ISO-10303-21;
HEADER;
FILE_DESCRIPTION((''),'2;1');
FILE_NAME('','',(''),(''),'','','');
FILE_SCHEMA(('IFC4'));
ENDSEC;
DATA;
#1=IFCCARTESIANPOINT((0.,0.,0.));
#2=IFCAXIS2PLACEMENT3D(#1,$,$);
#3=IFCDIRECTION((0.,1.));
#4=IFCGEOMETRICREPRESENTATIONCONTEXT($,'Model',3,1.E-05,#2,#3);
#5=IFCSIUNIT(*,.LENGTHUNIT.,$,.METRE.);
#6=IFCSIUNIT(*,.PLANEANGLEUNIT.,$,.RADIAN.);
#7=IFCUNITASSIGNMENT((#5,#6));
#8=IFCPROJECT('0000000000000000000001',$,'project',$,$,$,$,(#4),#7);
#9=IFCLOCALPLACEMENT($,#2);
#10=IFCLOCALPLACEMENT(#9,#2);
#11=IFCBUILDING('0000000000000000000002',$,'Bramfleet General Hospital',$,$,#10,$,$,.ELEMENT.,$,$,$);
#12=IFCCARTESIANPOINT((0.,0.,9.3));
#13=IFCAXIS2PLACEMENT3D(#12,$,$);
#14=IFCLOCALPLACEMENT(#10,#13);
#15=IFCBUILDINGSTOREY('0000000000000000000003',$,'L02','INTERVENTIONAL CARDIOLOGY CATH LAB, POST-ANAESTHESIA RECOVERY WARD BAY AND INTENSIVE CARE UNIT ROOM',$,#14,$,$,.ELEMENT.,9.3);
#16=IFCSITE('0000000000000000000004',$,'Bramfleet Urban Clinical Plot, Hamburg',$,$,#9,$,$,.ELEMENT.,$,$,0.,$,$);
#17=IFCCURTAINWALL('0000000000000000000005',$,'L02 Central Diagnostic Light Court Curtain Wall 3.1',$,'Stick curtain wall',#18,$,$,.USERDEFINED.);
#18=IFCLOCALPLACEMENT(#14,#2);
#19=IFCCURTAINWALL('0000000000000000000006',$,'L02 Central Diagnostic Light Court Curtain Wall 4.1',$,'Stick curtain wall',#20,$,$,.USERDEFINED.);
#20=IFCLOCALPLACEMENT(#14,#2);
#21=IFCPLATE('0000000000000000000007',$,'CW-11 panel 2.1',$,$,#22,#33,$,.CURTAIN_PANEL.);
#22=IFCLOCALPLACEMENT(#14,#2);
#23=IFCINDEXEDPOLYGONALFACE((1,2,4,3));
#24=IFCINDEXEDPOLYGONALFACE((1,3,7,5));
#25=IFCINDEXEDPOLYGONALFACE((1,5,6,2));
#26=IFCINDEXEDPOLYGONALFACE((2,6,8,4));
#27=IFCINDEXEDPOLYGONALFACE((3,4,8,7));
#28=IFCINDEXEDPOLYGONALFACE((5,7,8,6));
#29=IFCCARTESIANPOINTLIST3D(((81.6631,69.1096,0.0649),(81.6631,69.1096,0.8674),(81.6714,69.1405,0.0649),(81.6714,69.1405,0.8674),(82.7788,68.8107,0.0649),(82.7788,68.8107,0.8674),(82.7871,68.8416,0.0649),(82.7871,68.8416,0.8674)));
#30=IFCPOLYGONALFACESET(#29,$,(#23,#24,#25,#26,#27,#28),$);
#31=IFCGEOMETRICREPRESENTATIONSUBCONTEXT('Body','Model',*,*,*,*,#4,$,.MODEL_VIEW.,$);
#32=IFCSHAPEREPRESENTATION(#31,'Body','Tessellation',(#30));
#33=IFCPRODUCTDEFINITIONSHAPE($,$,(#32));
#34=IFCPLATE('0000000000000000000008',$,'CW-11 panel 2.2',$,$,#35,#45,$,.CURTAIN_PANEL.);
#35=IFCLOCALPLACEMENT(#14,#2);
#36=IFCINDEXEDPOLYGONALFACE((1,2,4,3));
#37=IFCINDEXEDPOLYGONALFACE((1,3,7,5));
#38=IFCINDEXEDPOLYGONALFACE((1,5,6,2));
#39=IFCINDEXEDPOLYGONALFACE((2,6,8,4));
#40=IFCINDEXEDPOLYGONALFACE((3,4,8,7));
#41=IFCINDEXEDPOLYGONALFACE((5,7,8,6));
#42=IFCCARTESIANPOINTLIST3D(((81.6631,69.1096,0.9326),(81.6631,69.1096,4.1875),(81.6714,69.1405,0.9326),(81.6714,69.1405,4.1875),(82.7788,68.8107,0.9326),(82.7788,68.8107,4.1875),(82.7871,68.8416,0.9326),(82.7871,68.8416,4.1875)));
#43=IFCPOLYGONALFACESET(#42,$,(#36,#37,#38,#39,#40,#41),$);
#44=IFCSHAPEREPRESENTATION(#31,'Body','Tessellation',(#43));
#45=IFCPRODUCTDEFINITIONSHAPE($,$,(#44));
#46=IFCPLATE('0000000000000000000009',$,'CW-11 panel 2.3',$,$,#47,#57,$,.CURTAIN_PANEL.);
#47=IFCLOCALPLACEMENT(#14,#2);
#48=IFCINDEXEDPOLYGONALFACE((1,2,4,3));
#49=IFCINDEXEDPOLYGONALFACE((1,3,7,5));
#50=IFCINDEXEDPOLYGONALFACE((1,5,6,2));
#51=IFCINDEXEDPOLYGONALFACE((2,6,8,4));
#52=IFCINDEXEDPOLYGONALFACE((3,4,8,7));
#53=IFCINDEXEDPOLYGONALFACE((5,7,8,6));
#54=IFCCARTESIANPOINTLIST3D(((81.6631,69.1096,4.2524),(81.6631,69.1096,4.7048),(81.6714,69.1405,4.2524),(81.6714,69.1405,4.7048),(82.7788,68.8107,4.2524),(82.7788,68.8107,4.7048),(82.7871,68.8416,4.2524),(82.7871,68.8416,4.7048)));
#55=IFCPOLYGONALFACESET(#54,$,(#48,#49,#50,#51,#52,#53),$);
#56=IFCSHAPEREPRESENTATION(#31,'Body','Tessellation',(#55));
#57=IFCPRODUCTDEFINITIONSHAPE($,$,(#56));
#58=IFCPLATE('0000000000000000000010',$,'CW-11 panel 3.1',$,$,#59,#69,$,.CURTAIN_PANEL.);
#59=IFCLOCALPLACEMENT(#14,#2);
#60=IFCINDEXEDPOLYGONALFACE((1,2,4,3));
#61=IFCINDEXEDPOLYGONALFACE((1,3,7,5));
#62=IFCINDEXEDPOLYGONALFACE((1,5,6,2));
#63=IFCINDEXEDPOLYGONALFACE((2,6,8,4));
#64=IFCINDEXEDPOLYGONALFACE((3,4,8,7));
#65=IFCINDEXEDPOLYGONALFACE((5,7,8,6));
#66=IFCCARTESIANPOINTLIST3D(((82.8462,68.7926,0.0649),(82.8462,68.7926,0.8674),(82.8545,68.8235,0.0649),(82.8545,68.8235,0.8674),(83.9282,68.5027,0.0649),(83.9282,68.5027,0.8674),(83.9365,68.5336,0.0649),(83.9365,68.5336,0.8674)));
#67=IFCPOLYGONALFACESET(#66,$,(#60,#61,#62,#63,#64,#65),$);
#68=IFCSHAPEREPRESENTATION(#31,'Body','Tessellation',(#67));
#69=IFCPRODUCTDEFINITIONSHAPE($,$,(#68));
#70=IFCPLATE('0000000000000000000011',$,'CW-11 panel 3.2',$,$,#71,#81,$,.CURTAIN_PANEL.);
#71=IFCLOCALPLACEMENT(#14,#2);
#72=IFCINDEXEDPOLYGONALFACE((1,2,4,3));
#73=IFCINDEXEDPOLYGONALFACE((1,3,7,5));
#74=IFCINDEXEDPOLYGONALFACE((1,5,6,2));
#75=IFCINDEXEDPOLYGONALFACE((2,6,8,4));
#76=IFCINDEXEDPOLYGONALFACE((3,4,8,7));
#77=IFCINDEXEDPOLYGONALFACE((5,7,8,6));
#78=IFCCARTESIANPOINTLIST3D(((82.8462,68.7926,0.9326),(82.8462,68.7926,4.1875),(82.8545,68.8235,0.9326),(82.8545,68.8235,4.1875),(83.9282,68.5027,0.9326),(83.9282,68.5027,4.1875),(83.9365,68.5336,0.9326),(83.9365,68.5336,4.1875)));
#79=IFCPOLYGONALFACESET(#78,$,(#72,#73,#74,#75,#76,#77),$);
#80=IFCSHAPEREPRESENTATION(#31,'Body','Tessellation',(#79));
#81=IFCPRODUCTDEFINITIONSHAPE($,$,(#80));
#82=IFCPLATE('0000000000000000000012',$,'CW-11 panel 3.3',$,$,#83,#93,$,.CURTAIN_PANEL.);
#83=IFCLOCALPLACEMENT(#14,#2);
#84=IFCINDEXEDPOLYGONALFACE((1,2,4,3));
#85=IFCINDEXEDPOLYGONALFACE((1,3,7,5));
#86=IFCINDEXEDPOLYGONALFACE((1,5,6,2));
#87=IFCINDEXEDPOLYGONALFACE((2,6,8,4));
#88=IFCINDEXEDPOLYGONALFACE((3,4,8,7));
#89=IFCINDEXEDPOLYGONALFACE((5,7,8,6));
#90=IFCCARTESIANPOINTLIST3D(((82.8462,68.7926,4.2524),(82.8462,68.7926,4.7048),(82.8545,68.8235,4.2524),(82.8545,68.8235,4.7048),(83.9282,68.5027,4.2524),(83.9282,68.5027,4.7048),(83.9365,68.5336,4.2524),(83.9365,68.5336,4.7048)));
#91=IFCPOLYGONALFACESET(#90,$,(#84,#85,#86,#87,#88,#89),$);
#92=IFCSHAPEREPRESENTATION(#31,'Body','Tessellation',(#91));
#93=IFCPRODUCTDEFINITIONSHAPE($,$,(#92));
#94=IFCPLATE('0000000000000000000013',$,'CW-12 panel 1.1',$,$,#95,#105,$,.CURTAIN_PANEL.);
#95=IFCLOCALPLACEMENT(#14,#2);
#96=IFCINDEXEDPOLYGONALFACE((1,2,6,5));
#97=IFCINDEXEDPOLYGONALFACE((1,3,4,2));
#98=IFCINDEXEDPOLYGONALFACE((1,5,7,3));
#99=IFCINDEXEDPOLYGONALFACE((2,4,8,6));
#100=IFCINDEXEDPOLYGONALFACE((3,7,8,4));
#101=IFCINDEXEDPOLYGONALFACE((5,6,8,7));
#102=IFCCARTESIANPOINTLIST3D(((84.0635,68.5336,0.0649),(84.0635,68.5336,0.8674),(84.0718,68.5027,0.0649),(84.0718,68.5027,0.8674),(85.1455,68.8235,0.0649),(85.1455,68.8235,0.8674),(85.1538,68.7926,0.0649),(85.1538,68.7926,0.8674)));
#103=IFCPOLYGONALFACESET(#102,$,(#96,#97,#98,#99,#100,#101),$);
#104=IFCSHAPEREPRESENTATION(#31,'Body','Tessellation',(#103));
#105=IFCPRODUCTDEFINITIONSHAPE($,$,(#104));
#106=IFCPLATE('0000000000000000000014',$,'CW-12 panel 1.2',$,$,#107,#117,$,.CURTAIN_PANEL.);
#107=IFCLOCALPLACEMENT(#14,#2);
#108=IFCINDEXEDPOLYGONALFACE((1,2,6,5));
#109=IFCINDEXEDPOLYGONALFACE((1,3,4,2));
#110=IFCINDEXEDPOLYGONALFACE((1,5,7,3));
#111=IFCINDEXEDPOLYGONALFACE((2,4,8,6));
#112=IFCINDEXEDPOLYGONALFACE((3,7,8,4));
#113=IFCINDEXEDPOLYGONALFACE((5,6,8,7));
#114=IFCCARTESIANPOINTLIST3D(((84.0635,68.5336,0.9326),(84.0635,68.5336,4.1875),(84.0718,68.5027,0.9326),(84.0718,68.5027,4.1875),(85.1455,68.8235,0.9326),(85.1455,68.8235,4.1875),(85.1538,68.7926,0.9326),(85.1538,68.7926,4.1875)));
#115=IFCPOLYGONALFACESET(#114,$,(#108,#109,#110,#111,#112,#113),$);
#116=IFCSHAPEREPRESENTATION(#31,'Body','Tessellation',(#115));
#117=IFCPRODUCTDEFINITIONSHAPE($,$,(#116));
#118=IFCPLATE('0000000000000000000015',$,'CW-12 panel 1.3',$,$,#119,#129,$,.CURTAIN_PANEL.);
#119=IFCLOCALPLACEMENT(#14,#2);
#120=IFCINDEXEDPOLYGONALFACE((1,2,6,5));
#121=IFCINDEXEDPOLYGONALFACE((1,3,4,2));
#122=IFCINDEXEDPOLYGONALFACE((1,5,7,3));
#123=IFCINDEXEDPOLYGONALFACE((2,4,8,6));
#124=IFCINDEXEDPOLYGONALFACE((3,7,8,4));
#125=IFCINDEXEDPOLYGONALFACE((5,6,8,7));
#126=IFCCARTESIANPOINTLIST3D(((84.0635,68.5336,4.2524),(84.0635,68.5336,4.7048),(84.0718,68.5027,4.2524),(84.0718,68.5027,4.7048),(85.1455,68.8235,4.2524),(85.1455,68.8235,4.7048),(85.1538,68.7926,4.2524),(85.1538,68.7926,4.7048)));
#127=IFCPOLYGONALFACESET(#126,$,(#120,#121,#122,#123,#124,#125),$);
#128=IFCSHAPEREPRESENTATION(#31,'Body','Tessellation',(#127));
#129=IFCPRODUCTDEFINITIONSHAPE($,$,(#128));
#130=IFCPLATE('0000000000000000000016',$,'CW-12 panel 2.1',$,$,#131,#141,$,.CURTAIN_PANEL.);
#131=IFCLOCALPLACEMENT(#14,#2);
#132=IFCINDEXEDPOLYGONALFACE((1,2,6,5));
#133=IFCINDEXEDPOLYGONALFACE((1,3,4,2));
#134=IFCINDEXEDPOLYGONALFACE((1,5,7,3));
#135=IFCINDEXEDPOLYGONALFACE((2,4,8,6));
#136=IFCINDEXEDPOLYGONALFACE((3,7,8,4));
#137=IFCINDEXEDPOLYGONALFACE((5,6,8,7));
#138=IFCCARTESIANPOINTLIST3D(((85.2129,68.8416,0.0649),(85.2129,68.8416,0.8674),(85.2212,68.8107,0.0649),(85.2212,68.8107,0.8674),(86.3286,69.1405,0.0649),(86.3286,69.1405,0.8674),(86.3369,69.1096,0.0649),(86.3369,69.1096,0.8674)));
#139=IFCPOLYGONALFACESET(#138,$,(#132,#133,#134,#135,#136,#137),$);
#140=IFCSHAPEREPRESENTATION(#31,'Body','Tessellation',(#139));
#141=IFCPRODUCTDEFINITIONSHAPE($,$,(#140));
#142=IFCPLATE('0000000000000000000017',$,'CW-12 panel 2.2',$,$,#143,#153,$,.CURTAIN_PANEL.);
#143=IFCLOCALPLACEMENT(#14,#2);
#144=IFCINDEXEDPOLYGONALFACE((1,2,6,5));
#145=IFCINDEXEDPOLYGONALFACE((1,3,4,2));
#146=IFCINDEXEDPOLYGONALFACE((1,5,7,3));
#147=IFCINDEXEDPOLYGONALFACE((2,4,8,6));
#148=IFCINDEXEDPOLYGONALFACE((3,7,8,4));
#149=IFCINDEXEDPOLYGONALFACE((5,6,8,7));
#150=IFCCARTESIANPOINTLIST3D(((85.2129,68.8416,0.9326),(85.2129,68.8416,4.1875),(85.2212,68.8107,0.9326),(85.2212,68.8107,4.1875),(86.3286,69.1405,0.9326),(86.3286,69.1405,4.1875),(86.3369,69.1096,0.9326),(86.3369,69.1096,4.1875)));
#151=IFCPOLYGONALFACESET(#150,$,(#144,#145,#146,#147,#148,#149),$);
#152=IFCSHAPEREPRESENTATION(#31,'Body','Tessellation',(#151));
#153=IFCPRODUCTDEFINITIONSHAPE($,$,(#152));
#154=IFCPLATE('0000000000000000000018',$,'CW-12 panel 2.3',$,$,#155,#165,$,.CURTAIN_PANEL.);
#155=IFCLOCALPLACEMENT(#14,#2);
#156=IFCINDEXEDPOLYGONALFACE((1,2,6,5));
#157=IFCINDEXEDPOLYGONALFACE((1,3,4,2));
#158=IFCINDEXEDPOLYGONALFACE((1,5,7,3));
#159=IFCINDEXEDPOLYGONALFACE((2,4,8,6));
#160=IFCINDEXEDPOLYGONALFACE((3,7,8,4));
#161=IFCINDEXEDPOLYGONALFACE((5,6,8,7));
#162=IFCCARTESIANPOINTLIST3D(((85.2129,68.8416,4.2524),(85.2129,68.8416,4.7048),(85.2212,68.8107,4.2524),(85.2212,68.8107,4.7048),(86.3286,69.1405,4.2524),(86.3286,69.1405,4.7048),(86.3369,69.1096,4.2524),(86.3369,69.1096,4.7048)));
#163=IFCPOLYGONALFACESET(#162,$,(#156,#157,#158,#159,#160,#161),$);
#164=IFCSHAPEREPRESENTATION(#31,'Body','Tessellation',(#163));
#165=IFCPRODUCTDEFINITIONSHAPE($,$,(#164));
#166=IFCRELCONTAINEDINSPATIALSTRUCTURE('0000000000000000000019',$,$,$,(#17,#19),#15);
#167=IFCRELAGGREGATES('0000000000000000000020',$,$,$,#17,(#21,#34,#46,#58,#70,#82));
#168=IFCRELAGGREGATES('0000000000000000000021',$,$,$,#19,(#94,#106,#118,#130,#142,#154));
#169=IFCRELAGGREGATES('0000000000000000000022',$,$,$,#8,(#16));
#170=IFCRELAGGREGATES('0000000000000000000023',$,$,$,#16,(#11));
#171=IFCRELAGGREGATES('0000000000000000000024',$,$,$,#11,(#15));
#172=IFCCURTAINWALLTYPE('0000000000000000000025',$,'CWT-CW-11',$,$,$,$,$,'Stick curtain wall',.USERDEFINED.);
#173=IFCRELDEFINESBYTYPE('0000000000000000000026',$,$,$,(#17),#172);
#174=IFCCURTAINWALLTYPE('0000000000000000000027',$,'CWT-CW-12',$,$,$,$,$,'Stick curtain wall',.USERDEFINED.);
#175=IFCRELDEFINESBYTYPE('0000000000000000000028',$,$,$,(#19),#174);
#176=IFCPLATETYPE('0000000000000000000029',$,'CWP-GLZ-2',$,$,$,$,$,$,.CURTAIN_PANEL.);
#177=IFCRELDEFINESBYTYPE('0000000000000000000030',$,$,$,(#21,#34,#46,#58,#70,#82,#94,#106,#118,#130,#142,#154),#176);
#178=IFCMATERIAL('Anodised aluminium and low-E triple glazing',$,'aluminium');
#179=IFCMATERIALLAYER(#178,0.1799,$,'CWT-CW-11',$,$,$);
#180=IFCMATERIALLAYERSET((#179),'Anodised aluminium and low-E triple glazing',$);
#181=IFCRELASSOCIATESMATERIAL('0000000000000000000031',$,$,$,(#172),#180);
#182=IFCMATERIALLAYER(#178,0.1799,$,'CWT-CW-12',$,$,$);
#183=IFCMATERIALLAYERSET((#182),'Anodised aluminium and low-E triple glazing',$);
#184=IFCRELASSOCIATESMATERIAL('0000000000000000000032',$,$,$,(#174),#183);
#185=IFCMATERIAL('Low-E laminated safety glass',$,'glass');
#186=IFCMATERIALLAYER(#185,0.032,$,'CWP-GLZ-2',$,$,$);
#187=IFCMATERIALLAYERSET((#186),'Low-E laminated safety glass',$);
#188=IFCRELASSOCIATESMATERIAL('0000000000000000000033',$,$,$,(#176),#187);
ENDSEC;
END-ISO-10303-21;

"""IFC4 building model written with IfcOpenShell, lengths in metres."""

from ifc_helpers import new_model, si_unit, direction, frame, origin, origin_2d, place, context, subcontext, project, spatial, rectangle, extrude, material, layer, layer_set, type_object, element, aggregate, save


model = new_model("IFC4")

# Units and contexts
model_context = context("Model", 3, precision=1e-05, world=origin(), true_north=direction((0.0, 1.0)))
body_context = subcontext(model_context, "Body", "Model", "MODEL_VIEW")
ifc_project = project(units=[si_unit("LENGTHUNIT", "METRE"), si_unit("PLANEANGLEUNIT", "RADIAN")], contexts=[model_context])

# Site, building, storey
site_placement = place(None, origin())
site = spatial("IfcSite", under=ifc_project, at=site_placement, Name="Bramfleet Urban Clinical Plot, Hamburg", CompositionType="ELEMENT", RefElevation=0.0)
building_placement = place(site_placement, origin())
building = spatial("IfcBuilding", under=site, at=building_placement, Name="Bramfleet General Hospital", CompositionType="ELEMENT")
storey_placement = place(building_placement, frame((0.0, 0.0, 9.3)))
storey = spatial("IfcBuildingStorey", under=building, at=storey_placement, Name="L02", Description="INTERVENTIONAL CARDIOLOGY CATH LAB, POST-ANAESTHESIA RECOVERY WARD BAY AND INTENSIVE CARE UNIT ROOM", CompositionType="ELEMENT", Elevation=9.3)

# Curtain walls
ifc_material_1 = material(Name="Anodised aluminium and low-E triple glazing", Category="aluminium")
ifc_layer_1 = layer(ifc_material_1, 0.1799, Name="CWT-CW-11")
ifc_layer_set_1 = layer_set([ifc_layer_1], Name="Anodised aluminium and low-E triple glazing")
curtain_wall_type_1 = type_object("IfcCurtainWallType", Name="CWT-CW-11", ElementType="Stick curtain wall", PredefinedType="USERDEFINED", material=ifc_layer_set_1)
curtain_wall_1_placement = place(storey_placement, origin())
curtain_wall_1 = element("IfcCurtainWall", 1, at=curtain_wall_1_placement, inside=storey, type_object=curtain_wall_type_1, Name="L02 Central Diagnostic Light Court Curtain Wall 3.1", ObjectType="Stick curtain wall", PredefinedType="USERDEFINED")
ifc_layer_2 = layer(ifc_material_1, 0.1799, Name="CWT-CW-12")
ifc_layer_set_2 = layer_set([ifc_layer_2], Name="Anodised aluminium and low-E triple glazing")
curtain_wall_type_2 = type_object("IfcCurtainWallType", Name="CWT-CW-12", ElementType="Stick curtain wall", PredefinedType="USERDEFINED", material=ifc_layer_set_2)
curtain_wall_2_placement = place(storey_placement, origin())
curtain_wall_2 = element("IfcCurtainWall", 2, at=curtain_wall_2_placement, inside=storey, type_object=curtain_wall_type_2, Name="L02 Central Diagnostic Light Court Curtain Wall 4.1", ObjectType="Stick curtain wall", PredefinedType="USERDEFINED")

# Plates
ifc_material_2 = material(Name="Low-E laminated safety glass", Category="glass")
ifc_layer_3 = layer(ifc_material_2, 0.032, Name="CWP-GLZ-2")
ifc_layer_set_3 = layer_set([ifc_layer_3], Name="Low-E laminated safety glass")
plate_type = type_object("IfcPlateType", Name="CWP-GLZ-2", PredefinedType="CURTAIN_PANEL", material=ifc_layer_set_3)
plate_1_placement = place(storey_placement, frame((82.2251, 68.9756, 0.0649), z_axis=(0.0, 0.0, 1.0), x_axis=(0.965941, -0.258763, 0.0)))
plate_1 = element("IfcPlate", 3, at=plate_1_placement, type_object=plate_type, Name="CW-11 panel 2.1", PredefinedType="CURTAIN_PANEL", context=body_context, shape_type="SweptSolid", body=[
    extrude(rectangle(XDim=1.155, YDim=0.032, at=origin_2d()), origin(), (0.0, 0.0, 1.0), 0.8025),
])
plate_2_placement = place(storey_placement, frame((82.2251, 68.9756, 0.9326), z_axis=(0.0, 0.0, 1.0), x_axis=(0.965941, -0.258763, 0.0)))
plate_2 = element("IfcPlate", 4, at=plate_2_placement, type_object=plate_type, Name="CW-11 panel 2.2", PredefinedType="CURTAIN_PANEL", context=body_context, shape_type="SweptSolid", body=[
    extrude(rectangle(XDim=1.155, YDim=0.032, at=origin_2d()), origin(), (0.0, 0.0, 1.0), 3.2549),
])
plate_3_placement = place(storey_placement, frame((82.2251, 68.9756, 4.2524), z_axis=(0.0, 0.0, 1.0), x_axis=(0.965941, -0.258763, 0.0)))
plate_3 = element("IfcPlate", 5, at=plate_3_placement, type_object=plate_type, Name="CW-11 panel 2.3", PredefinedType="CURTAIN_PANEL", context=body_context, shape_type="SweptSolid", body=[
    extrude(rectangle(XDim=1.155, YDim=0.032, at=origin_2d()), origin(), (0.0, 0.0, 1.0), 0.4524),
])
plate_4_placement = place(storey_placement, frame((83.3914, 68.6631, 0.0649), z_axis=(0.0, 0.0, 1.0), x_axis=(0.965941, -0.258763, 0.0)))
plate_4 = element("IfcPlate", 6, at=plate_4_placement, type_object=plate_type, Name="CW-11 panel 3.1", PredefinedType="CURTAIN_PANEL", context=body_context, shape_type="SweptSolid", body=[
    extrude(rectangle(XDim=1.1201, YDim=0.032, at=origin_2d()), origin(), (0.0, 0.0, 1.0), 0.8025),
])
plate_5_placement = place(storey_placement, frame((83.3914, 68.6631, 0.9326), z_axis=(0.0, 0.0, 1.0), x_axis=(0.965941, -0.258763, 0.0)))
plate_5 = element("IfcPlate", 7, at=plate_5_placement, type_object=plate_type, Name="CW-11 panel 3.2", PredefinedType="CURTAIN_PANEL", context=body_context, shape_type="SweptSolid", body=[
    extrude(rectangle(XDim=1.1201, YDim=0.032, at=origin_2d()), origin(), (0.0, 0.0, 1.0), 3.2549),
])
plate_6_placement = place(storey_placement, frame((83.3914, 68.6631, 4.2524), z_axis=(0.0, 0.0, 1.0), x_axis=(0.965941, -0.258763, 0.0)))
plate_6 = element("IfcPlate", 8, at=plate_6_placement, type_object=plate_type, Name="CW-11 panel 3.3", PredefinedType="CURTAIN_PANEL", context=body_context, shape_type="SweptSolid", body=[
    extrude(rectangle(XDim=1.1201, YDim=0.032, at=origin_2d()), origin(), (0.0, 0.0, 1.0), 0.4524),
])
aggregate(curtain_wall_1, [plate_1, plate_2, plate_3, plate_4, plate_5, plate_6])
plate_7_placement = place(storey_placement, frame((84.6086, 68.6631, 0.0649), z_axis=(0.0, 0.0, 1.0), x_axis=(0.965941, 0.258763, 0.0)))
plate_7 = element("IfcPlate", 9, at=plate_7_placement, type_object=plate_type, Name="CW-12 panel 1.1", PredefinedType="CURTAIN_PANEL", context=body_context, shape_type="SweptSolid", body=[
    extrude(rectangle(XDim=1.1201, YDim=0.032, at=origin_2d()), origin(), (0.0, 0.0, 1.0), 0.8025),
])
plate_8_placement = place(storey_placement, frame((84.6086, 68.6631, 0.9326), z_axis=(0.0, 0.0, 1.0), x_axis=(0.965941, 0.258763, 0.0)))
plate_8 = element("IfcPlate", 10, at=plate_8_placement, type_object=plate_type, Name="CW-12 panel 1.2", PredefinedType="CURTAIN_PANEL", context=body_context, shape_type="SweptSolid", body=[
    extrude(rectangle(XDim=1.1201, YDim=0.032, at=origin_2d()), origin(), (0.0, 0.0, 1.0), 3.2549),
])
plate_9_placement = place(storey_placement, frame((84.6086, 68.6631, 4.2524), z_axis=(0.0, 0.0, 1.0), x_axis=(0.965941, 0.258763, 0.0)))
plate_9 = element("IfcPlate", 11, at=plate_9_placement, type_object=plate_type, Name="CW-12 panel 1.3", PredefinedType="CURTAIN_PANEL", context=body_context, shape_type="SweptSolid", body=[
    extrude(rectangle(XDim=1.1201, YDim=0.032, at=origin_2d()), origin(), (0.0, 0.0, 1.0), 0.4524),
])
plate_10_placement = place(storey_placement, frame((85.7749, 68.9756, 0.0649), z_axis=(0.0, 0.0, 1.0), x_axis=(0.965941, 0.258763, 0.0)))
plate_10 = element("IfcPlate", 12, at=plate_10_placement, type_object=plate_type, Name="CW-12 panel 2.1", PredefinedType="CURTAIN_PANEL", context=body_context, shape_type="SweptSolid", body=[
    extrude(rectangle(XDim=1.155, YDim=0.032, at=origin_2d()), origin(), (0.0, 0.0, 1.0), 0.8025),
])
plate_11_placement = place(storey_placement, frame((85.7749, 68.9756, 0.9326), z_axis=(0.0, 0.0, 1.0), x_axis=(0.965941, 0.258763, 0.0)))
plate_11 = element("IfcPlate", 13, at=plate_11_placement, type_object=plate_type, Name="CW-12 panel 2.2", PredefinedType="CURTAIN_PANEL", context=body_context, shape_type="SweptSolid", body=[
    extrude(rectangle(XDim=1.155, YDim=0.032, at=origin_2d()), origin(), (0.0, 0.0, 1.0), 3.2549),
])
plate_12_placement = place(storey_placement, frame((85.7749, 68.9756, 4.2524), z_axis=(0.0, 0.0, 1.0), x_axis=(0.965941, 0.258763, 0.0)))
plate_12 = element("IfcPlate", 14, at=plate_12_placement, type_object=plate_type, Name="CW-12 panel 2.3", PredefinedType="CURTAIN_PANEL", context=body_context, shape_type="SweptSolid", body=[
    extrude(rectangle(XDim=1.155, YDim=0.032, at=origin_2d()), origin(), (0.0, 0.0, 1.0), 0.4524),
])
aggregate(curtain_wall_2, [plate_7, plate_8, plate_9, plate_10, plate_11, plate_12])

save(model, "model.ifc")
